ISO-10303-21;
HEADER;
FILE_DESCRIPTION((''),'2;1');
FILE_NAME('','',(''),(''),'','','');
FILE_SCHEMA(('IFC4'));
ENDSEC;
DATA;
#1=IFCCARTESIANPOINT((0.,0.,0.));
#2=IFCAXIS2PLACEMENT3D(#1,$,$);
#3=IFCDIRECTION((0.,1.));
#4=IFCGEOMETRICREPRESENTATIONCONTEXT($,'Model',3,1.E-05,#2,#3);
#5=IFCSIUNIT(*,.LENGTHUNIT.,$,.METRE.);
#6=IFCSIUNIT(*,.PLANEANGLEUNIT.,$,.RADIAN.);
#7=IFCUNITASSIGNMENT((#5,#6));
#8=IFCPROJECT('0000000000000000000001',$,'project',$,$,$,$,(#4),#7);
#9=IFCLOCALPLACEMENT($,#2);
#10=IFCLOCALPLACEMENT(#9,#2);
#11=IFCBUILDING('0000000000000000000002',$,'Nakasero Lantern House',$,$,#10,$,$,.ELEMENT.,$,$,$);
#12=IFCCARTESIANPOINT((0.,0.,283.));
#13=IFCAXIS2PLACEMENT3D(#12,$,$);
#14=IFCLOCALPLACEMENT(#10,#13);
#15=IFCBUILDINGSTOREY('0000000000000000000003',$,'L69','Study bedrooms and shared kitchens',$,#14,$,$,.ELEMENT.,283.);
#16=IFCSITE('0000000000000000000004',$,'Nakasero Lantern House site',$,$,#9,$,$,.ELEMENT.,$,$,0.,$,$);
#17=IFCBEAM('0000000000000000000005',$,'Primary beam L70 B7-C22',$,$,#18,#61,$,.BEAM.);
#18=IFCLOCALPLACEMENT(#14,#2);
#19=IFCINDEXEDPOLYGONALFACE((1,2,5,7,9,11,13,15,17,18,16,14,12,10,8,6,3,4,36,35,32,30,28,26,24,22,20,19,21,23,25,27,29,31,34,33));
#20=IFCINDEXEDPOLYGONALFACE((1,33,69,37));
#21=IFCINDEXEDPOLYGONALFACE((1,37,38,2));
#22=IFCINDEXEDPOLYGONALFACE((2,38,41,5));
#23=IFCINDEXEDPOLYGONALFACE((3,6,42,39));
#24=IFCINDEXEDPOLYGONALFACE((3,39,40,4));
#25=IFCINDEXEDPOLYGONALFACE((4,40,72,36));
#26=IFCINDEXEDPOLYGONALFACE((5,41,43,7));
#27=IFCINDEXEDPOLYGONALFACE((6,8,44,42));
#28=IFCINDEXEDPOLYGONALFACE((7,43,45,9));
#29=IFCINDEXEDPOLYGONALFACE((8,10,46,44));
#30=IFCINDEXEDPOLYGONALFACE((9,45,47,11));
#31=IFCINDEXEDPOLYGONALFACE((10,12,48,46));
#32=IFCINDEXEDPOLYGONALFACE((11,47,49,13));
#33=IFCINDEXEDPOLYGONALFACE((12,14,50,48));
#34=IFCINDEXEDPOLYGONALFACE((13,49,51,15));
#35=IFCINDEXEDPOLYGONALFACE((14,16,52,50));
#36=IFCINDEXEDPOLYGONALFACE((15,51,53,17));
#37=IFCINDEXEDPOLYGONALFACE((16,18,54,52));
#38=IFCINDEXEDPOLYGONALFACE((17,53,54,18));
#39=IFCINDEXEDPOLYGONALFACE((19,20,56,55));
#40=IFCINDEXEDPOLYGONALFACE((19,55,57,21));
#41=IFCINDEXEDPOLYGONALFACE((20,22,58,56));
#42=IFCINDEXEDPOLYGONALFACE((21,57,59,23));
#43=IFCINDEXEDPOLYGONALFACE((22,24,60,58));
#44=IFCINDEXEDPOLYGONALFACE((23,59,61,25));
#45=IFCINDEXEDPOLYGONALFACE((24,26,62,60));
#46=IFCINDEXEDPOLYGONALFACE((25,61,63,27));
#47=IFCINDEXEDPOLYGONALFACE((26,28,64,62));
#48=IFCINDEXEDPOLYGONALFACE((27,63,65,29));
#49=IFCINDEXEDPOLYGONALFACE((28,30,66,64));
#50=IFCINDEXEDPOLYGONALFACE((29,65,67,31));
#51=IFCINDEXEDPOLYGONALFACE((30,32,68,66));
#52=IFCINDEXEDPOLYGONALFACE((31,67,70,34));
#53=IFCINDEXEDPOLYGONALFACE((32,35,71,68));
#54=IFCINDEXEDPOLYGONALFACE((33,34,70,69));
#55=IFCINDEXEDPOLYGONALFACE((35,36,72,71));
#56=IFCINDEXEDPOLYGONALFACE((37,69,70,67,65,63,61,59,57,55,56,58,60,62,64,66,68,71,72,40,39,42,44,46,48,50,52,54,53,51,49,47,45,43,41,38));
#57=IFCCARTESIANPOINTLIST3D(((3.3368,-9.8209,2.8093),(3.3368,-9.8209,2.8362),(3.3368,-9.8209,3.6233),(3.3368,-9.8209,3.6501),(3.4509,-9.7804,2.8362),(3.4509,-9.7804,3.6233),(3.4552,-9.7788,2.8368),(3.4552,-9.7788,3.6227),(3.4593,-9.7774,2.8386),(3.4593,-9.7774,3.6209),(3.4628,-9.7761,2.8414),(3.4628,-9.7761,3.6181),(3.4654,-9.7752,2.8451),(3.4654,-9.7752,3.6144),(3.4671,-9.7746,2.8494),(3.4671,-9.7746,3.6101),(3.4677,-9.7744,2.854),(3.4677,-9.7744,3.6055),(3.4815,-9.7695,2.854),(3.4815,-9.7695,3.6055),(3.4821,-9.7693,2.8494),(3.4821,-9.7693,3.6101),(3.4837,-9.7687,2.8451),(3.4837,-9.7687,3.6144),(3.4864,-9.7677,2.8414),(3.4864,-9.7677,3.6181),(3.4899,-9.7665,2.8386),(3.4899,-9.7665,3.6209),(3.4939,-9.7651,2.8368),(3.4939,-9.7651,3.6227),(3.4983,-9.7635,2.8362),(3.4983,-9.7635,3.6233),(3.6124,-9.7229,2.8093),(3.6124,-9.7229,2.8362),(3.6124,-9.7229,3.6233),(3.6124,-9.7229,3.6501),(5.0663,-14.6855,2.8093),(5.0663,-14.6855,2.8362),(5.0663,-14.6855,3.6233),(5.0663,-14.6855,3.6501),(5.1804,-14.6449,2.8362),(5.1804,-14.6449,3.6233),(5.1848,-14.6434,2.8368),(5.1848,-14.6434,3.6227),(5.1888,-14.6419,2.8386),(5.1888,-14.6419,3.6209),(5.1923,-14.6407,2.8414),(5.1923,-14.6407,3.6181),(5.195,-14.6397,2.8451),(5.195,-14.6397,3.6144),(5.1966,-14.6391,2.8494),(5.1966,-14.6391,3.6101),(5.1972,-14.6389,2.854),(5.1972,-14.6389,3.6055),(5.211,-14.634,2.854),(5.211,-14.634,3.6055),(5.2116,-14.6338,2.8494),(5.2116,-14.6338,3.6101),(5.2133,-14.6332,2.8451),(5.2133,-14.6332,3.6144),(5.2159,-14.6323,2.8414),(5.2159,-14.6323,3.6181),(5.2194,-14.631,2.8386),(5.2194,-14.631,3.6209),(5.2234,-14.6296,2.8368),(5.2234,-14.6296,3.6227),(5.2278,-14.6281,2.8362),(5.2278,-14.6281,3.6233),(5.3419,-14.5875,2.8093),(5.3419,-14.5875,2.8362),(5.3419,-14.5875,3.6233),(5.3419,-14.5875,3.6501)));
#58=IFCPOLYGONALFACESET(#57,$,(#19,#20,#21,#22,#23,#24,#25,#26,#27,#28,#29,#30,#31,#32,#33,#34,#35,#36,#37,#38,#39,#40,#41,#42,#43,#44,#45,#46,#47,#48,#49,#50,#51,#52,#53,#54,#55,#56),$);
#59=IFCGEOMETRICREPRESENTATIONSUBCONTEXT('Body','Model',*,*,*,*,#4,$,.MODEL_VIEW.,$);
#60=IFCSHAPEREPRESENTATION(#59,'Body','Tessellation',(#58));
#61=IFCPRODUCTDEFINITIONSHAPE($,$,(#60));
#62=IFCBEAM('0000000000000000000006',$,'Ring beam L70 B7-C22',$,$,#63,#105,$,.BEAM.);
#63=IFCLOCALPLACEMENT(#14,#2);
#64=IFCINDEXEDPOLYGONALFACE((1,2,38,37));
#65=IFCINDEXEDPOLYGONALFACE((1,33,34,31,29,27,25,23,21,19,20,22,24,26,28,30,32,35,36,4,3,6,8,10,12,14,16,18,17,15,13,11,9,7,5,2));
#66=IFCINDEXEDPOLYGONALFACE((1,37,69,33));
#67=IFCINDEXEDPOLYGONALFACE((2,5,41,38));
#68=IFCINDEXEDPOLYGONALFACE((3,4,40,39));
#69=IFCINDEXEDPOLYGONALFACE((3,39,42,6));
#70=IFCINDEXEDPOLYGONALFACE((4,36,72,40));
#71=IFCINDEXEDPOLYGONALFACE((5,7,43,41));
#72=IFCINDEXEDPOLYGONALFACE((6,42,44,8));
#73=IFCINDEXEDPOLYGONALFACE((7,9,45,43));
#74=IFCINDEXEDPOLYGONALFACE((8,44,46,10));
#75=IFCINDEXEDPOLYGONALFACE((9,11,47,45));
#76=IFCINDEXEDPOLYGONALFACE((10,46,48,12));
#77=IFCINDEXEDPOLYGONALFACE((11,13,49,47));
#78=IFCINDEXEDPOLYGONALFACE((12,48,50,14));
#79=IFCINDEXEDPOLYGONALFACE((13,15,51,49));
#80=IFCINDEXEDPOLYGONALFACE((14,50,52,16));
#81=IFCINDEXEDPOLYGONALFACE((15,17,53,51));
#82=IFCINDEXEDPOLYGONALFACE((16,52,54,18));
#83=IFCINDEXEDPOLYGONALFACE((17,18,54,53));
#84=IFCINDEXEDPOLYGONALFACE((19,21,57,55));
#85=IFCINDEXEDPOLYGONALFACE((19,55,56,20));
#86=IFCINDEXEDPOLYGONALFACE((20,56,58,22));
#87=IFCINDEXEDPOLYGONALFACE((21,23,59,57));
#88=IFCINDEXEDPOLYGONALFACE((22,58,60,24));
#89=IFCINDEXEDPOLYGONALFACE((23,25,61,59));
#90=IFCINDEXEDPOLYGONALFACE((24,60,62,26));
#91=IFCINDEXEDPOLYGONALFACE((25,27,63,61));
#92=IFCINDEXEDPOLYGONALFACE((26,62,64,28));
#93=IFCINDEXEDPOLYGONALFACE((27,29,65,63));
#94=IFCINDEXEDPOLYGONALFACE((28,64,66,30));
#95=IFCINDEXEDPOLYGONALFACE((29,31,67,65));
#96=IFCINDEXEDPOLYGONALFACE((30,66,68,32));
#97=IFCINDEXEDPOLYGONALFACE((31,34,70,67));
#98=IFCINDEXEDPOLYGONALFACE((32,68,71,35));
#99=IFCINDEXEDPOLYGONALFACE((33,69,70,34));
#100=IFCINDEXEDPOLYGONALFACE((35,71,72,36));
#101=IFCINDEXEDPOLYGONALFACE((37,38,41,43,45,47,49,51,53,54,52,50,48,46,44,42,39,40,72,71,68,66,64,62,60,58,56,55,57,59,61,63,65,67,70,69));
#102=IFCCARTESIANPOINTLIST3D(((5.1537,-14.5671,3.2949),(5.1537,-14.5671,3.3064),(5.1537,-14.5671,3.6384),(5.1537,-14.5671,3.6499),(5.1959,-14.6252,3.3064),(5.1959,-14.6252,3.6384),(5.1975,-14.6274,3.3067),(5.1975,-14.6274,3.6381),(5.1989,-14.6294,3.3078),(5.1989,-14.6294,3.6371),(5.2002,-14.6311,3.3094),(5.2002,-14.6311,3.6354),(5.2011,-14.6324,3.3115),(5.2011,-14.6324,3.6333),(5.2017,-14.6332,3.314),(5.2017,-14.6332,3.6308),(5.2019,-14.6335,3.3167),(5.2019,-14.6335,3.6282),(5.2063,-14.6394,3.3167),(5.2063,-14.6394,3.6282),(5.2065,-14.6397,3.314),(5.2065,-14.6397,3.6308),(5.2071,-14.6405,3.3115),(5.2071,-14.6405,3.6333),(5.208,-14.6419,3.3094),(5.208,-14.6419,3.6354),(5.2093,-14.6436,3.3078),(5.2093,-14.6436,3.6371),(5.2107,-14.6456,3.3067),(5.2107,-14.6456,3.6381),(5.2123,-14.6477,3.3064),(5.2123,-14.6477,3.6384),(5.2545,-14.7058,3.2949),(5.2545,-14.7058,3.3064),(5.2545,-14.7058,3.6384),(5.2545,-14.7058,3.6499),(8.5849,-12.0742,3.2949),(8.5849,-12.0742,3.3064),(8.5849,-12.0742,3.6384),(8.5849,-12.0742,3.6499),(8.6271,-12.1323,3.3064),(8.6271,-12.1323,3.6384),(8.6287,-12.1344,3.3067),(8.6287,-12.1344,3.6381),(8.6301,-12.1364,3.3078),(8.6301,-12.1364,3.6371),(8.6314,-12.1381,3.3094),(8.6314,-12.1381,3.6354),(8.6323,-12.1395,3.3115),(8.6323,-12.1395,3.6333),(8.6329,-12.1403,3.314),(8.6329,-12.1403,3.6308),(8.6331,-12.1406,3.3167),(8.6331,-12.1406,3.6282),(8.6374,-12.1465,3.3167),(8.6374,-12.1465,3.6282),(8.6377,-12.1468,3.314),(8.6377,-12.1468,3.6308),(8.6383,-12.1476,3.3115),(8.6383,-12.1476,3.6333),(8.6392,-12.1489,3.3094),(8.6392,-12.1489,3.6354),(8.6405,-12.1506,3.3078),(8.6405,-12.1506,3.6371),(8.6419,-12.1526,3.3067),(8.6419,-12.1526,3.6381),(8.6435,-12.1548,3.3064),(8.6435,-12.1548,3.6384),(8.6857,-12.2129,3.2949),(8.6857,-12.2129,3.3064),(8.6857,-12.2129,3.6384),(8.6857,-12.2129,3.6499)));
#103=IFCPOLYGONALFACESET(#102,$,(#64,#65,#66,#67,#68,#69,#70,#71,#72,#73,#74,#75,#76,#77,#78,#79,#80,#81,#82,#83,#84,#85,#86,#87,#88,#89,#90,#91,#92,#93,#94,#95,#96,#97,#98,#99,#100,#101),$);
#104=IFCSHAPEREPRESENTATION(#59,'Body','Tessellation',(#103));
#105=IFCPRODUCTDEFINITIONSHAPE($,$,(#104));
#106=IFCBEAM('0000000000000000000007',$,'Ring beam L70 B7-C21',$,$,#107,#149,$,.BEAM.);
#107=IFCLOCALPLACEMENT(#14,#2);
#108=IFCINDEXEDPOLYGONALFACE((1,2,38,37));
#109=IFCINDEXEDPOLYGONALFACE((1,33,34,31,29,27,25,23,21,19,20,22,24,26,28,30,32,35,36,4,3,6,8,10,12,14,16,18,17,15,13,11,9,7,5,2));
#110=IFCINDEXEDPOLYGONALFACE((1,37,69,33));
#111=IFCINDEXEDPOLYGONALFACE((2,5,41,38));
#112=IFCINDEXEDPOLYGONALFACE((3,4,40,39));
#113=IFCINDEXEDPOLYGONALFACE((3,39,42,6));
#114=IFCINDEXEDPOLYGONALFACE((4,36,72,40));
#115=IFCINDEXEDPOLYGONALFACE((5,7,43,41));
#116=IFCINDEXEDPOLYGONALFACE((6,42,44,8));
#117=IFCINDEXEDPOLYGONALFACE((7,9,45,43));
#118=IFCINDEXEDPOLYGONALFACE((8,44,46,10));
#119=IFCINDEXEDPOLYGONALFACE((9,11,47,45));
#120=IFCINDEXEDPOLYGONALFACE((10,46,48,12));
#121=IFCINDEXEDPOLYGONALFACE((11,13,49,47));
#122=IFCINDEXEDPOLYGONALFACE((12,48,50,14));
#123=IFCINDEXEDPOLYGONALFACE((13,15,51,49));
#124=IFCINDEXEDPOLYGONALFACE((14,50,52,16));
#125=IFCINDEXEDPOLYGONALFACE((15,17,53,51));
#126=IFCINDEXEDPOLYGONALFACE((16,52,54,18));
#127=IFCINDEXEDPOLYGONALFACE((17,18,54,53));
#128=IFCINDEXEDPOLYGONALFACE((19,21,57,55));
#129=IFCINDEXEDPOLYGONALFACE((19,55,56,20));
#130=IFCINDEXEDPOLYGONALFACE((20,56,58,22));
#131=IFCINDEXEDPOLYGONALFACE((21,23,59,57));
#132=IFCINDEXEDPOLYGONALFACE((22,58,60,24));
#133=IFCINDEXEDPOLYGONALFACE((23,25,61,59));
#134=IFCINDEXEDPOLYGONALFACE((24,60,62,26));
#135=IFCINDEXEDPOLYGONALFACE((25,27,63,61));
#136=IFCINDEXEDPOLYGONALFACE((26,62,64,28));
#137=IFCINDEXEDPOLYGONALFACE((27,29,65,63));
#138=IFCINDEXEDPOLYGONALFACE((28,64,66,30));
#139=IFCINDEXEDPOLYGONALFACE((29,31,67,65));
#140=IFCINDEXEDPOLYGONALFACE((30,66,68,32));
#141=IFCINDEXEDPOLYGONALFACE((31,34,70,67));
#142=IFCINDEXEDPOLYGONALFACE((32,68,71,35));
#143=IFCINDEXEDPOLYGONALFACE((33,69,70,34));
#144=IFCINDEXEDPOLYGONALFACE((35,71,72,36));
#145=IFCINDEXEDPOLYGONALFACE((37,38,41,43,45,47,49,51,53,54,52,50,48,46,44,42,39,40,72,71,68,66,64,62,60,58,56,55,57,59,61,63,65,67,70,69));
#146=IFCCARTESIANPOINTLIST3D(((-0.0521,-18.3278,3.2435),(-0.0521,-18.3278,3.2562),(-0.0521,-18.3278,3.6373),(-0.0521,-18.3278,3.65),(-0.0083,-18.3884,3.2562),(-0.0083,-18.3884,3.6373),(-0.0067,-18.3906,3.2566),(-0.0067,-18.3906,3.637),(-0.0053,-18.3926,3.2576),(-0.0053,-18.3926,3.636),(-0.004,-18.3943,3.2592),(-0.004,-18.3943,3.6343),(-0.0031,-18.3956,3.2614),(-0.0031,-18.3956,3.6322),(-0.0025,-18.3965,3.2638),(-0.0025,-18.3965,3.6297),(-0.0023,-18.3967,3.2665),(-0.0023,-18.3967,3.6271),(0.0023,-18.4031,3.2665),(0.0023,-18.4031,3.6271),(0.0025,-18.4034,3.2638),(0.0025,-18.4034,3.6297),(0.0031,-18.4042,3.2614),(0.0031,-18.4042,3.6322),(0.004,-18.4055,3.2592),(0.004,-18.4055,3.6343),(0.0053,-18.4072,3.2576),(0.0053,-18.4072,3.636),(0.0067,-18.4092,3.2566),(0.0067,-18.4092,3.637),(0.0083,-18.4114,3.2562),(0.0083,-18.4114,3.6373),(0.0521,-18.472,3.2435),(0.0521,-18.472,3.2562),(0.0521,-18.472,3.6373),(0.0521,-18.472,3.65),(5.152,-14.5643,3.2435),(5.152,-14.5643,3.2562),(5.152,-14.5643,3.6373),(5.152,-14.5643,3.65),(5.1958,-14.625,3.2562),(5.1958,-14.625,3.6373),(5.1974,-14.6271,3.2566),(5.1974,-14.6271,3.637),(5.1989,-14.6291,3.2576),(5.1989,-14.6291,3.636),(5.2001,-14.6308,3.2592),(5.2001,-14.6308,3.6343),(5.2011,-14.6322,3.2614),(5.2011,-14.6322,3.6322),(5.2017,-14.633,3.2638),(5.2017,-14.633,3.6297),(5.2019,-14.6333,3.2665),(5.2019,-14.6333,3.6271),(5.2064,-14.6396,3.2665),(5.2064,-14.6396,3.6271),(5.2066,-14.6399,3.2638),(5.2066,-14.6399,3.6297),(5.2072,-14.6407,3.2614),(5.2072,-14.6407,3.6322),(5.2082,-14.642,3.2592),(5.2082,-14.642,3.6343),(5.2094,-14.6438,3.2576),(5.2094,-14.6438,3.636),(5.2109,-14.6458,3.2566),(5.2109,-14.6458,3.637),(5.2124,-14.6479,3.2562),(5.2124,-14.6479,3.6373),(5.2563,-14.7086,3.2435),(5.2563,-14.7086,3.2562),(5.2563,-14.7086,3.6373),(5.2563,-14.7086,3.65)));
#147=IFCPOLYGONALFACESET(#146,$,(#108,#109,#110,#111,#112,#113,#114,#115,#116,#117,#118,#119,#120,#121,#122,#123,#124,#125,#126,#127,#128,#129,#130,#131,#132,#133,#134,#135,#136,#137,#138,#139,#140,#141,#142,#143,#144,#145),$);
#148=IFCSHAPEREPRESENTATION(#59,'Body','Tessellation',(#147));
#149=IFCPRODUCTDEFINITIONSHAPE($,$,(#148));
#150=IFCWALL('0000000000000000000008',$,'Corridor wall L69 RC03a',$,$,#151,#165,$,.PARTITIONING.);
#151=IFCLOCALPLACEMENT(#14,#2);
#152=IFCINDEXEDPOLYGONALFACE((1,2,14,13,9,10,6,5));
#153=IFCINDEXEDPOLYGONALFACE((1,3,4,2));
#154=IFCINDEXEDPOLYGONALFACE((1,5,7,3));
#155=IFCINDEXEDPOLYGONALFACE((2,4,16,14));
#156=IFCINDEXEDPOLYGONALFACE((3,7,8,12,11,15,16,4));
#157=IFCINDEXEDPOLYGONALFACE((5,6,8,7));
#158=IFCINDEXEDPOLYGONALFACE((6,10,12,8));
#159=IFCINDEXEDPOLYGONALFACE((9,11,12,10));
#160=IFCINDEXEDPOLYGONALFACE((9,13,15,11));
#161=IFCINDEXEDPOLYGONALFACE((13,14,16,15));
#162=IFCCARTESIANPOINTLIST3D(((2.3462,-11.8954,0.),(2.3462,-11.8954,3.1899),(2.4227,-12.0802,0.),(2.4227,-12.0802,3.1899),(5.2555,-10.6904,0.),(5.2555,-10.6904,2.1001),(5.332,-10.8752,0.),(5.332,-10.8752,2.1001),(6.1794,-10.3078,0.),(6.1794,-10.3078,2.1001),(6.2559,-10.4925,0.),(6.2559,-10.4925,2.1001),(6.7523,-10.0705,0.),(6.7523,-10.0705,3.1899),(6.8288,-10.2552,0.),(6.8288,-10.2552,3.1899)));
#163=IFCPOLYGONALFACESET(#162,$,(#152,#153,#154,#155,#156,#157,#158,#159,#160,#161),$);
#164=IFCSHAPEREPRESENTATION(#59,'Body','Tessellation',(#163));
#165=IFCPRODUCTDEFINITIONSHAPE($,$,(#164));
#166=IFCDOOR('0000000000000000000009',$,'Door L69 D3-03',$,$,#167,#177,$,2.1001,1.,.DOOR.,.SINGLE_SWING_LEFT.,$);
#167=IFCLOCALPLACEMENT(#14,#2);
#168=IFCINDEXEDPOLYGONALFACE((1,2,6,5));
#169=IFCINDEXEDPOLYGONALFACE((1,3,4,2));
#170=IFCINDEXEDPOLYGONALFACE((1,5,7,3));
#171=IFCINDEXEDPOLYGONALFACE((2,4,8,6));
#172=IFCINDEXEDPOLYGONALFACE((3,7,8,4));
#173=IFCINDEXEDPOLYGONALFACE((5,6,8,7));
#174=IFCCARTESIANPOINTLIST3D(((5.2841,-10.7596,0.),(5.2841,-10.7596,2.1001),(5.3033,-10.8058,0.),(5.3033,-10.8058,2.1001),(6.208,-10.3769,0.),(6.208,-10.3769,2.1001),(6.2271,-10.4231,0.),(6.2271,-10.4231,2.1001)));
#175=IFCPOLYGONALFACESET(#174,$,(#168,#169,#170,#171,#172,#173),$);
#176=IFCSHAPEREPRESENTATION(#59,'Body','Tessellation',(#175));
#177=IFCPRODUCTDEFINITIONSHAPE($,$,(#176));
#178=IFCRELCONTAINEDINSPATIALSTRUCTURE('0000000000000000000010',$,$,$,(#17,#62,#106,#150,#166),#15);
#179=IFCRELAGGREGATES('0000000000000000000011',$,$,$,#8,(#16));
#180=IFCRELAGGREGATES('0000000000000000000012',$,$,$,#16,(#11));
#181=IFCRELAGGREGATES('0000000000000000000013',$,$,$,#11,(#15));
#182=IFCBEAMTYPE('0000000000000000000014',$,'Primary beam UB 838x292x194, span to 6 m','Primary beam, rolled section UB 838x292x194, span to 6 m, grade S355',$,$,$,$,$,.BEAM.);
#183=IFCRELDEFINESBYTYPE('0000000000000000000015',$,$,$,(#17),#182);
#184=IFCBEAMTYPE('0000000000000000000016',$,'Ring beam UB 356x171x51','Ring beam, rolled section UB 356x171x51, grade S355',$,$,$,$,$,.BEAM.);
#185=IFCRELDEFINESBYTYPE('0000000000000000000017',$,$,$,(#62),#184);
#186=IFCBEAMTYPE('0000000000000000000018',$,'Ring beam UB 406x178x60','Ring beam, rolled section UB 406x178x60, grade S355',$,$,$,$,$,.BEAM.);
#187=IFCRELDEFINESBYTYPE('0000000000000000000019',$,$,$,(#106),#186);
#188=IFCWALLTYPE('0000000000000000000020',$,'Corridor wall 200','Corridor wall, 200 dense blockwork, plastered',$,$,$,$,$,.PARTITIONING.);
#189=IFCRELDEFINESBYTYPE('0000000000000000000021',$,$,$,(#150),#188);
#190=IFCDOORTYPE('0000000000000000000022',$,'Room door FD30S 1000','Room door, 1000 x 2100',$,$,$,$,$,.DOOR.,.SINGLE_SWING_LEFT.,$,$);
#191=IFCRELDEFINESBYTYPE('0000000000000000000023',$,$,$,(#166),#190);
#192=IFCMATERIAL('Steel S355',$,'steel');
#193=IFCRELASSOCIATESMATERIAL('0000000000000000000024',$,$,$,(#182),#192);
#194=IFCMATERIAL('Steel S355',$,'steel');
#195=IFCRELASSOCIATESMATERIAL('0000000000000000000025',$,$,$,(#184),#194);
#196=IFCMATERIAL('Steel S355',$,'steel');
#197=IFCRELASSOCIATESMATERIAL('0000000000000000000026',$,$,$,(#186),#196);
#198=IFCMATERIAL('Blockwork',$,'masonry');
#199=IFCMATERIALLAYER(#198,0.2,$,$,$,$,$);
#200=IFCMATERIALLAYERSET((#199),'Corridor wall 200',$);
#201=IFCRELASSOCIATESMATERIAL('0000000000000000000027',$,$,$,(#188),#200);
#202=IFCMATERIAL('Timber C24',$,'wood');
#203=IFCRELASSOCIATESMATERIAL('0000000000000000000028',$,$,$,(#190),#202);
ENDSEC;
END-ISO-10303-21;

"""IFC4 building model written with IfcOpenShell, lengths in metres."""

from ifc_helpers import new_model, si_unit, direction, frame, frame_2d, origin, origin_2d, place, context, subcontext, project, spatial, rectangle, i_section, extrude, material, layer, layer_set, material_profile, profile_set, type_object, element, fill, save


model = new_model("IFC4")

# Units and contexts
model_context = context("Model", 3, precision=1e-05, world=origin(), true_north=direction((0.0, 1.0)))
body_context = subcontext(model_context, "Body", "Model", "MODEL_VIEW")
ifc_project = project(units=[si_unit("LENGTHUNIT", "METRE"), si_unit("PLANEANGLEUNIT", "RADIAN")], contexts=[model_context])

# Site, building, storey
site_placement = place(None, origin())
site = spatial("IfcSite", under=ifc_project, at=site_placement, Name="Nakasero Lantern House site", CompositionType="ELEMENT", RefElevation=0.0)
building_placement = place(site_placement, origin())
building = spatial("IfcBuilding", under=site, at=building_placement, Name="Nakasero Lantern House", CompositionType="ELEMENT")
storey_placement = place(building_placement, frame((0.0, 0.0, 283.0)))
storey = spatial("IfcBuildingStorey", under=building, at=storey_placement, Name="L69", Description="Study bedrooms and shared kitchens", CompositionType="ELEMENT", Elevation=283.0)

# Beams
ifc_material_1 = material(Name="Steel S355", Category="steel")
ifc_material_profile_1 = material_profile(ifc_material_1, i_section(OverallWidth=0.2925, OverallDepth=0.8408, WebThickness=0.0146, FlangeThickness=0.0269, FilletRadius=0.0178, at=origin_2d()), Name="UB 838x292x194")
ifc_profile_set_1 = profile_set([ifc_material_profile_1], Name="Steel S355")
beam_type_1 = type_object("IfcBeamType", Name="Primary beam UB 838x292x194, span to 6 m", Description="Primary beam, rolled section UB 838x292x194, span to 6 m, grade S355", PredefinedType="BEAM", material=ifc_profile_set_1)
beam_1_placement = place(storey_placement, frame((5.2041, -14.6365, 3.2297), z_axis=(-0.334991, 0.942221, 0.0), x_axis=(-0.942221, -0.334991, 0.0)))
element("IfcBeam", 1, at=beam_1_placement, inside=storey, type_object=beam_type_1, Name="Primary beam L70 B7-C22", PredefinedType="BEAM", context=body_context, shape_type="SweptSolid", body=[
    extrude(i_section(OverallWidth=0.2925, OverallDepth=0.8408, WebThickness=0.0146, FlangeThickness=0.0269, FilletRadius=0.0178, at=origin_2d()), origin(), (0.0, 0.0, 1.0), 5.1628),
])
ifc_material_2 = material(Name="Steel S355", Category="steel")
ifc_material_profile_2 = material_profile(ifc_material_2, i_section(OverallWidth=0.1714, OverallDepth=0.355, WebThickness=0.0073, FlangeThickness=0.0115, FilletRadius=0.0103, at=origin_2d()), Name="UB 356x171x51")
ifc_profile_set_2 = profile_set([ifc_material_profile_2], Name="Steel S355")
beam_type_2 = type_object("IfcBeamType", Name="Ring beam UB 356x171x51", Description="Ring beam, rolled section UB 356x171x51, grade S355", PredefinedType="BEAM", material=ifc_profile_set_2)
beam_2_placement = place(storey_placement, frame((5.2041, -14.6365, 3.4724), z_axis=(0.809012, 0.587792, 0.0), x_axis=(-0.587792, 0.809012, 0.0)))
element("IfcBeam", 2, at=beam_2_placement, inside=storey, type_object=beam_type_2, Name="Ring beam L70 B7-C22", PredefinedType="BEAM", context=body_context, shape_type="SweptSolid", body=[
    extrude(i_section(OverallWidth=0.1714, OverallDepth=0.355, WebThickness=0.0073, FlangeThickness=0.0115, FilletRadius=0.0103, at=origin_2d()), origin(), (0.0, 0.0, 1.0), 4.2412),
])
ifc_material_3 = material(Name="Steel S355", Category="steel")
ifc_material_profile_3 = material_profile(ifc_material_3, i_section(OverallWidth=0.178, OverallDepth=0.4065, WebThickness=0.0078, FlangeThickness=0.0127, FilletRadius=0.0103, at=origin_2d()), Name="UB 406x178x60")
ifc_profile_set_3 = profile_set([ifc_material_profile_3], Name="Steel S355")
beam_type_3 = type_object("IfcBeamType", Name="Ring beam UB 406x178x60", Description="Ring beam, rolled section UB 406x178x60, grade S355", PredefinedType="BEAM", material=ifc_profile_set_3)
beam_3_placement = place(storey_placement, frame((0.0, -18.3999, 3.4468), z_axis=(0.810316, 0.585993, 0.0), x_axis=(-0.585993, 0.810316, 0.0)))
element("IfcBeam", 3, at=beam_3_placement, inside=storey, type_object=beam_type_3, Name="Ring beam L70 B7-C21", PredefinedType="BEAM", context=body_context, shape_type="SweptSolid", body=[
    extrude(i_section(OverallWidth=0.178, OverallDepth=0.4065, WebThickness=0.0078, FlangeThickness=0.0127, FilletRadius=0.0103, at=origin_2d()), origin(), (0.0, 0.0, 1.0), 6.4224),
])

# Wall, opening, door
ifc_material_4 = material(Name="Blockwork", Category="masonry")
ifc_layer_1 = layer(ifc_material_4, 0.2)
ifc_layer_set_1 = layer_set([ifc_layer_1], Name="Corridor wall 200")
wall_type_1 = type_object("IfcWallType", Name="Corridor wall 200", Description="Corridor wall, 200 dense blockwork, plastered", PredefinedType="PARTITIONING", material=ifc_layer_set_1)
wall_1_placement = place(storey_placement, frame((6.7905, -10.1628, 0.0), z_axis=(0.0, 0.0, 1.0), x_axis=(-0.923885, -0.38267, 0.0)))
wall_1 = element("IfcWall", 4, at=wall_1_placement, inside=storey, type_object=wall_type_1, Name="Corridor wall L69 RC03a", PredefinedType="PARTITIONING", context=body_context, shape_type="SweptSolid", body=[
    extrude(rectangle(XDim=4.769, YDim=0.2, at=frame_2d((2.3845, 0.0))), origin(), (0.0, 0.0, 1.0), 3.1899),
])
opening_1_placement = place(wall_1_placement, frame((0.6201, 0.0, 0.0)))
opening_1 = element("IfcOpeningElement", 5, at=opening_1_placement, cuts=wall_1, PredefinedType="OPENING", context=body_context, shape_type="SweptSolid", body=[
    extrude(rectangle(XDim=1.0, YDim=2.1001, at=frame_2d((0.5, 1.05))), frame((0.0, 0.1199, 0.0), z_axis=(0.0, -1.0, 0.0), x_axis=(1.0, 0.0, 0.0)), (0.0, 0.0, 1.0), 0.24),
])
ifc_material_5 = material(Name="Timber C24", Category="wood")
door_type_1 = type_object("IfcDoorType", Name="Room door FD30S 1000", Description="Room door, 1000 x 2100", OperationType="SINGLE_SWING_LEFT", PredefinedType="DOOR", material=ifc_material_5)
door_1_placement = place(opening_1_placement, origin())
door_1 = element("IfcDoor", 6, at=door_1_placement, inside=storey, type_object=door_type_1, Name="Door L69 D3-03", OperationType="SINGLE_SWING_LEFT", OverallHeight=2.1001, OverallWidth=1.0, PredefinedType="DOOR", context=body_context, shape_type="SweptSolid", body=[
    extrude(rectangle(XDim=1.0, YDim=2.1001, at=frame_2d((0.5, 1.05))), frame((0.0, 0.0249, 0.0), z_axis=(0.0, -1.0, 0.0), x_axis=(1.0, 0.0, 0.0)), (0.0, 0.0, 1.0), 0.05),
])
fill(opening_1, door_1)

save(model, "model.ifc")
